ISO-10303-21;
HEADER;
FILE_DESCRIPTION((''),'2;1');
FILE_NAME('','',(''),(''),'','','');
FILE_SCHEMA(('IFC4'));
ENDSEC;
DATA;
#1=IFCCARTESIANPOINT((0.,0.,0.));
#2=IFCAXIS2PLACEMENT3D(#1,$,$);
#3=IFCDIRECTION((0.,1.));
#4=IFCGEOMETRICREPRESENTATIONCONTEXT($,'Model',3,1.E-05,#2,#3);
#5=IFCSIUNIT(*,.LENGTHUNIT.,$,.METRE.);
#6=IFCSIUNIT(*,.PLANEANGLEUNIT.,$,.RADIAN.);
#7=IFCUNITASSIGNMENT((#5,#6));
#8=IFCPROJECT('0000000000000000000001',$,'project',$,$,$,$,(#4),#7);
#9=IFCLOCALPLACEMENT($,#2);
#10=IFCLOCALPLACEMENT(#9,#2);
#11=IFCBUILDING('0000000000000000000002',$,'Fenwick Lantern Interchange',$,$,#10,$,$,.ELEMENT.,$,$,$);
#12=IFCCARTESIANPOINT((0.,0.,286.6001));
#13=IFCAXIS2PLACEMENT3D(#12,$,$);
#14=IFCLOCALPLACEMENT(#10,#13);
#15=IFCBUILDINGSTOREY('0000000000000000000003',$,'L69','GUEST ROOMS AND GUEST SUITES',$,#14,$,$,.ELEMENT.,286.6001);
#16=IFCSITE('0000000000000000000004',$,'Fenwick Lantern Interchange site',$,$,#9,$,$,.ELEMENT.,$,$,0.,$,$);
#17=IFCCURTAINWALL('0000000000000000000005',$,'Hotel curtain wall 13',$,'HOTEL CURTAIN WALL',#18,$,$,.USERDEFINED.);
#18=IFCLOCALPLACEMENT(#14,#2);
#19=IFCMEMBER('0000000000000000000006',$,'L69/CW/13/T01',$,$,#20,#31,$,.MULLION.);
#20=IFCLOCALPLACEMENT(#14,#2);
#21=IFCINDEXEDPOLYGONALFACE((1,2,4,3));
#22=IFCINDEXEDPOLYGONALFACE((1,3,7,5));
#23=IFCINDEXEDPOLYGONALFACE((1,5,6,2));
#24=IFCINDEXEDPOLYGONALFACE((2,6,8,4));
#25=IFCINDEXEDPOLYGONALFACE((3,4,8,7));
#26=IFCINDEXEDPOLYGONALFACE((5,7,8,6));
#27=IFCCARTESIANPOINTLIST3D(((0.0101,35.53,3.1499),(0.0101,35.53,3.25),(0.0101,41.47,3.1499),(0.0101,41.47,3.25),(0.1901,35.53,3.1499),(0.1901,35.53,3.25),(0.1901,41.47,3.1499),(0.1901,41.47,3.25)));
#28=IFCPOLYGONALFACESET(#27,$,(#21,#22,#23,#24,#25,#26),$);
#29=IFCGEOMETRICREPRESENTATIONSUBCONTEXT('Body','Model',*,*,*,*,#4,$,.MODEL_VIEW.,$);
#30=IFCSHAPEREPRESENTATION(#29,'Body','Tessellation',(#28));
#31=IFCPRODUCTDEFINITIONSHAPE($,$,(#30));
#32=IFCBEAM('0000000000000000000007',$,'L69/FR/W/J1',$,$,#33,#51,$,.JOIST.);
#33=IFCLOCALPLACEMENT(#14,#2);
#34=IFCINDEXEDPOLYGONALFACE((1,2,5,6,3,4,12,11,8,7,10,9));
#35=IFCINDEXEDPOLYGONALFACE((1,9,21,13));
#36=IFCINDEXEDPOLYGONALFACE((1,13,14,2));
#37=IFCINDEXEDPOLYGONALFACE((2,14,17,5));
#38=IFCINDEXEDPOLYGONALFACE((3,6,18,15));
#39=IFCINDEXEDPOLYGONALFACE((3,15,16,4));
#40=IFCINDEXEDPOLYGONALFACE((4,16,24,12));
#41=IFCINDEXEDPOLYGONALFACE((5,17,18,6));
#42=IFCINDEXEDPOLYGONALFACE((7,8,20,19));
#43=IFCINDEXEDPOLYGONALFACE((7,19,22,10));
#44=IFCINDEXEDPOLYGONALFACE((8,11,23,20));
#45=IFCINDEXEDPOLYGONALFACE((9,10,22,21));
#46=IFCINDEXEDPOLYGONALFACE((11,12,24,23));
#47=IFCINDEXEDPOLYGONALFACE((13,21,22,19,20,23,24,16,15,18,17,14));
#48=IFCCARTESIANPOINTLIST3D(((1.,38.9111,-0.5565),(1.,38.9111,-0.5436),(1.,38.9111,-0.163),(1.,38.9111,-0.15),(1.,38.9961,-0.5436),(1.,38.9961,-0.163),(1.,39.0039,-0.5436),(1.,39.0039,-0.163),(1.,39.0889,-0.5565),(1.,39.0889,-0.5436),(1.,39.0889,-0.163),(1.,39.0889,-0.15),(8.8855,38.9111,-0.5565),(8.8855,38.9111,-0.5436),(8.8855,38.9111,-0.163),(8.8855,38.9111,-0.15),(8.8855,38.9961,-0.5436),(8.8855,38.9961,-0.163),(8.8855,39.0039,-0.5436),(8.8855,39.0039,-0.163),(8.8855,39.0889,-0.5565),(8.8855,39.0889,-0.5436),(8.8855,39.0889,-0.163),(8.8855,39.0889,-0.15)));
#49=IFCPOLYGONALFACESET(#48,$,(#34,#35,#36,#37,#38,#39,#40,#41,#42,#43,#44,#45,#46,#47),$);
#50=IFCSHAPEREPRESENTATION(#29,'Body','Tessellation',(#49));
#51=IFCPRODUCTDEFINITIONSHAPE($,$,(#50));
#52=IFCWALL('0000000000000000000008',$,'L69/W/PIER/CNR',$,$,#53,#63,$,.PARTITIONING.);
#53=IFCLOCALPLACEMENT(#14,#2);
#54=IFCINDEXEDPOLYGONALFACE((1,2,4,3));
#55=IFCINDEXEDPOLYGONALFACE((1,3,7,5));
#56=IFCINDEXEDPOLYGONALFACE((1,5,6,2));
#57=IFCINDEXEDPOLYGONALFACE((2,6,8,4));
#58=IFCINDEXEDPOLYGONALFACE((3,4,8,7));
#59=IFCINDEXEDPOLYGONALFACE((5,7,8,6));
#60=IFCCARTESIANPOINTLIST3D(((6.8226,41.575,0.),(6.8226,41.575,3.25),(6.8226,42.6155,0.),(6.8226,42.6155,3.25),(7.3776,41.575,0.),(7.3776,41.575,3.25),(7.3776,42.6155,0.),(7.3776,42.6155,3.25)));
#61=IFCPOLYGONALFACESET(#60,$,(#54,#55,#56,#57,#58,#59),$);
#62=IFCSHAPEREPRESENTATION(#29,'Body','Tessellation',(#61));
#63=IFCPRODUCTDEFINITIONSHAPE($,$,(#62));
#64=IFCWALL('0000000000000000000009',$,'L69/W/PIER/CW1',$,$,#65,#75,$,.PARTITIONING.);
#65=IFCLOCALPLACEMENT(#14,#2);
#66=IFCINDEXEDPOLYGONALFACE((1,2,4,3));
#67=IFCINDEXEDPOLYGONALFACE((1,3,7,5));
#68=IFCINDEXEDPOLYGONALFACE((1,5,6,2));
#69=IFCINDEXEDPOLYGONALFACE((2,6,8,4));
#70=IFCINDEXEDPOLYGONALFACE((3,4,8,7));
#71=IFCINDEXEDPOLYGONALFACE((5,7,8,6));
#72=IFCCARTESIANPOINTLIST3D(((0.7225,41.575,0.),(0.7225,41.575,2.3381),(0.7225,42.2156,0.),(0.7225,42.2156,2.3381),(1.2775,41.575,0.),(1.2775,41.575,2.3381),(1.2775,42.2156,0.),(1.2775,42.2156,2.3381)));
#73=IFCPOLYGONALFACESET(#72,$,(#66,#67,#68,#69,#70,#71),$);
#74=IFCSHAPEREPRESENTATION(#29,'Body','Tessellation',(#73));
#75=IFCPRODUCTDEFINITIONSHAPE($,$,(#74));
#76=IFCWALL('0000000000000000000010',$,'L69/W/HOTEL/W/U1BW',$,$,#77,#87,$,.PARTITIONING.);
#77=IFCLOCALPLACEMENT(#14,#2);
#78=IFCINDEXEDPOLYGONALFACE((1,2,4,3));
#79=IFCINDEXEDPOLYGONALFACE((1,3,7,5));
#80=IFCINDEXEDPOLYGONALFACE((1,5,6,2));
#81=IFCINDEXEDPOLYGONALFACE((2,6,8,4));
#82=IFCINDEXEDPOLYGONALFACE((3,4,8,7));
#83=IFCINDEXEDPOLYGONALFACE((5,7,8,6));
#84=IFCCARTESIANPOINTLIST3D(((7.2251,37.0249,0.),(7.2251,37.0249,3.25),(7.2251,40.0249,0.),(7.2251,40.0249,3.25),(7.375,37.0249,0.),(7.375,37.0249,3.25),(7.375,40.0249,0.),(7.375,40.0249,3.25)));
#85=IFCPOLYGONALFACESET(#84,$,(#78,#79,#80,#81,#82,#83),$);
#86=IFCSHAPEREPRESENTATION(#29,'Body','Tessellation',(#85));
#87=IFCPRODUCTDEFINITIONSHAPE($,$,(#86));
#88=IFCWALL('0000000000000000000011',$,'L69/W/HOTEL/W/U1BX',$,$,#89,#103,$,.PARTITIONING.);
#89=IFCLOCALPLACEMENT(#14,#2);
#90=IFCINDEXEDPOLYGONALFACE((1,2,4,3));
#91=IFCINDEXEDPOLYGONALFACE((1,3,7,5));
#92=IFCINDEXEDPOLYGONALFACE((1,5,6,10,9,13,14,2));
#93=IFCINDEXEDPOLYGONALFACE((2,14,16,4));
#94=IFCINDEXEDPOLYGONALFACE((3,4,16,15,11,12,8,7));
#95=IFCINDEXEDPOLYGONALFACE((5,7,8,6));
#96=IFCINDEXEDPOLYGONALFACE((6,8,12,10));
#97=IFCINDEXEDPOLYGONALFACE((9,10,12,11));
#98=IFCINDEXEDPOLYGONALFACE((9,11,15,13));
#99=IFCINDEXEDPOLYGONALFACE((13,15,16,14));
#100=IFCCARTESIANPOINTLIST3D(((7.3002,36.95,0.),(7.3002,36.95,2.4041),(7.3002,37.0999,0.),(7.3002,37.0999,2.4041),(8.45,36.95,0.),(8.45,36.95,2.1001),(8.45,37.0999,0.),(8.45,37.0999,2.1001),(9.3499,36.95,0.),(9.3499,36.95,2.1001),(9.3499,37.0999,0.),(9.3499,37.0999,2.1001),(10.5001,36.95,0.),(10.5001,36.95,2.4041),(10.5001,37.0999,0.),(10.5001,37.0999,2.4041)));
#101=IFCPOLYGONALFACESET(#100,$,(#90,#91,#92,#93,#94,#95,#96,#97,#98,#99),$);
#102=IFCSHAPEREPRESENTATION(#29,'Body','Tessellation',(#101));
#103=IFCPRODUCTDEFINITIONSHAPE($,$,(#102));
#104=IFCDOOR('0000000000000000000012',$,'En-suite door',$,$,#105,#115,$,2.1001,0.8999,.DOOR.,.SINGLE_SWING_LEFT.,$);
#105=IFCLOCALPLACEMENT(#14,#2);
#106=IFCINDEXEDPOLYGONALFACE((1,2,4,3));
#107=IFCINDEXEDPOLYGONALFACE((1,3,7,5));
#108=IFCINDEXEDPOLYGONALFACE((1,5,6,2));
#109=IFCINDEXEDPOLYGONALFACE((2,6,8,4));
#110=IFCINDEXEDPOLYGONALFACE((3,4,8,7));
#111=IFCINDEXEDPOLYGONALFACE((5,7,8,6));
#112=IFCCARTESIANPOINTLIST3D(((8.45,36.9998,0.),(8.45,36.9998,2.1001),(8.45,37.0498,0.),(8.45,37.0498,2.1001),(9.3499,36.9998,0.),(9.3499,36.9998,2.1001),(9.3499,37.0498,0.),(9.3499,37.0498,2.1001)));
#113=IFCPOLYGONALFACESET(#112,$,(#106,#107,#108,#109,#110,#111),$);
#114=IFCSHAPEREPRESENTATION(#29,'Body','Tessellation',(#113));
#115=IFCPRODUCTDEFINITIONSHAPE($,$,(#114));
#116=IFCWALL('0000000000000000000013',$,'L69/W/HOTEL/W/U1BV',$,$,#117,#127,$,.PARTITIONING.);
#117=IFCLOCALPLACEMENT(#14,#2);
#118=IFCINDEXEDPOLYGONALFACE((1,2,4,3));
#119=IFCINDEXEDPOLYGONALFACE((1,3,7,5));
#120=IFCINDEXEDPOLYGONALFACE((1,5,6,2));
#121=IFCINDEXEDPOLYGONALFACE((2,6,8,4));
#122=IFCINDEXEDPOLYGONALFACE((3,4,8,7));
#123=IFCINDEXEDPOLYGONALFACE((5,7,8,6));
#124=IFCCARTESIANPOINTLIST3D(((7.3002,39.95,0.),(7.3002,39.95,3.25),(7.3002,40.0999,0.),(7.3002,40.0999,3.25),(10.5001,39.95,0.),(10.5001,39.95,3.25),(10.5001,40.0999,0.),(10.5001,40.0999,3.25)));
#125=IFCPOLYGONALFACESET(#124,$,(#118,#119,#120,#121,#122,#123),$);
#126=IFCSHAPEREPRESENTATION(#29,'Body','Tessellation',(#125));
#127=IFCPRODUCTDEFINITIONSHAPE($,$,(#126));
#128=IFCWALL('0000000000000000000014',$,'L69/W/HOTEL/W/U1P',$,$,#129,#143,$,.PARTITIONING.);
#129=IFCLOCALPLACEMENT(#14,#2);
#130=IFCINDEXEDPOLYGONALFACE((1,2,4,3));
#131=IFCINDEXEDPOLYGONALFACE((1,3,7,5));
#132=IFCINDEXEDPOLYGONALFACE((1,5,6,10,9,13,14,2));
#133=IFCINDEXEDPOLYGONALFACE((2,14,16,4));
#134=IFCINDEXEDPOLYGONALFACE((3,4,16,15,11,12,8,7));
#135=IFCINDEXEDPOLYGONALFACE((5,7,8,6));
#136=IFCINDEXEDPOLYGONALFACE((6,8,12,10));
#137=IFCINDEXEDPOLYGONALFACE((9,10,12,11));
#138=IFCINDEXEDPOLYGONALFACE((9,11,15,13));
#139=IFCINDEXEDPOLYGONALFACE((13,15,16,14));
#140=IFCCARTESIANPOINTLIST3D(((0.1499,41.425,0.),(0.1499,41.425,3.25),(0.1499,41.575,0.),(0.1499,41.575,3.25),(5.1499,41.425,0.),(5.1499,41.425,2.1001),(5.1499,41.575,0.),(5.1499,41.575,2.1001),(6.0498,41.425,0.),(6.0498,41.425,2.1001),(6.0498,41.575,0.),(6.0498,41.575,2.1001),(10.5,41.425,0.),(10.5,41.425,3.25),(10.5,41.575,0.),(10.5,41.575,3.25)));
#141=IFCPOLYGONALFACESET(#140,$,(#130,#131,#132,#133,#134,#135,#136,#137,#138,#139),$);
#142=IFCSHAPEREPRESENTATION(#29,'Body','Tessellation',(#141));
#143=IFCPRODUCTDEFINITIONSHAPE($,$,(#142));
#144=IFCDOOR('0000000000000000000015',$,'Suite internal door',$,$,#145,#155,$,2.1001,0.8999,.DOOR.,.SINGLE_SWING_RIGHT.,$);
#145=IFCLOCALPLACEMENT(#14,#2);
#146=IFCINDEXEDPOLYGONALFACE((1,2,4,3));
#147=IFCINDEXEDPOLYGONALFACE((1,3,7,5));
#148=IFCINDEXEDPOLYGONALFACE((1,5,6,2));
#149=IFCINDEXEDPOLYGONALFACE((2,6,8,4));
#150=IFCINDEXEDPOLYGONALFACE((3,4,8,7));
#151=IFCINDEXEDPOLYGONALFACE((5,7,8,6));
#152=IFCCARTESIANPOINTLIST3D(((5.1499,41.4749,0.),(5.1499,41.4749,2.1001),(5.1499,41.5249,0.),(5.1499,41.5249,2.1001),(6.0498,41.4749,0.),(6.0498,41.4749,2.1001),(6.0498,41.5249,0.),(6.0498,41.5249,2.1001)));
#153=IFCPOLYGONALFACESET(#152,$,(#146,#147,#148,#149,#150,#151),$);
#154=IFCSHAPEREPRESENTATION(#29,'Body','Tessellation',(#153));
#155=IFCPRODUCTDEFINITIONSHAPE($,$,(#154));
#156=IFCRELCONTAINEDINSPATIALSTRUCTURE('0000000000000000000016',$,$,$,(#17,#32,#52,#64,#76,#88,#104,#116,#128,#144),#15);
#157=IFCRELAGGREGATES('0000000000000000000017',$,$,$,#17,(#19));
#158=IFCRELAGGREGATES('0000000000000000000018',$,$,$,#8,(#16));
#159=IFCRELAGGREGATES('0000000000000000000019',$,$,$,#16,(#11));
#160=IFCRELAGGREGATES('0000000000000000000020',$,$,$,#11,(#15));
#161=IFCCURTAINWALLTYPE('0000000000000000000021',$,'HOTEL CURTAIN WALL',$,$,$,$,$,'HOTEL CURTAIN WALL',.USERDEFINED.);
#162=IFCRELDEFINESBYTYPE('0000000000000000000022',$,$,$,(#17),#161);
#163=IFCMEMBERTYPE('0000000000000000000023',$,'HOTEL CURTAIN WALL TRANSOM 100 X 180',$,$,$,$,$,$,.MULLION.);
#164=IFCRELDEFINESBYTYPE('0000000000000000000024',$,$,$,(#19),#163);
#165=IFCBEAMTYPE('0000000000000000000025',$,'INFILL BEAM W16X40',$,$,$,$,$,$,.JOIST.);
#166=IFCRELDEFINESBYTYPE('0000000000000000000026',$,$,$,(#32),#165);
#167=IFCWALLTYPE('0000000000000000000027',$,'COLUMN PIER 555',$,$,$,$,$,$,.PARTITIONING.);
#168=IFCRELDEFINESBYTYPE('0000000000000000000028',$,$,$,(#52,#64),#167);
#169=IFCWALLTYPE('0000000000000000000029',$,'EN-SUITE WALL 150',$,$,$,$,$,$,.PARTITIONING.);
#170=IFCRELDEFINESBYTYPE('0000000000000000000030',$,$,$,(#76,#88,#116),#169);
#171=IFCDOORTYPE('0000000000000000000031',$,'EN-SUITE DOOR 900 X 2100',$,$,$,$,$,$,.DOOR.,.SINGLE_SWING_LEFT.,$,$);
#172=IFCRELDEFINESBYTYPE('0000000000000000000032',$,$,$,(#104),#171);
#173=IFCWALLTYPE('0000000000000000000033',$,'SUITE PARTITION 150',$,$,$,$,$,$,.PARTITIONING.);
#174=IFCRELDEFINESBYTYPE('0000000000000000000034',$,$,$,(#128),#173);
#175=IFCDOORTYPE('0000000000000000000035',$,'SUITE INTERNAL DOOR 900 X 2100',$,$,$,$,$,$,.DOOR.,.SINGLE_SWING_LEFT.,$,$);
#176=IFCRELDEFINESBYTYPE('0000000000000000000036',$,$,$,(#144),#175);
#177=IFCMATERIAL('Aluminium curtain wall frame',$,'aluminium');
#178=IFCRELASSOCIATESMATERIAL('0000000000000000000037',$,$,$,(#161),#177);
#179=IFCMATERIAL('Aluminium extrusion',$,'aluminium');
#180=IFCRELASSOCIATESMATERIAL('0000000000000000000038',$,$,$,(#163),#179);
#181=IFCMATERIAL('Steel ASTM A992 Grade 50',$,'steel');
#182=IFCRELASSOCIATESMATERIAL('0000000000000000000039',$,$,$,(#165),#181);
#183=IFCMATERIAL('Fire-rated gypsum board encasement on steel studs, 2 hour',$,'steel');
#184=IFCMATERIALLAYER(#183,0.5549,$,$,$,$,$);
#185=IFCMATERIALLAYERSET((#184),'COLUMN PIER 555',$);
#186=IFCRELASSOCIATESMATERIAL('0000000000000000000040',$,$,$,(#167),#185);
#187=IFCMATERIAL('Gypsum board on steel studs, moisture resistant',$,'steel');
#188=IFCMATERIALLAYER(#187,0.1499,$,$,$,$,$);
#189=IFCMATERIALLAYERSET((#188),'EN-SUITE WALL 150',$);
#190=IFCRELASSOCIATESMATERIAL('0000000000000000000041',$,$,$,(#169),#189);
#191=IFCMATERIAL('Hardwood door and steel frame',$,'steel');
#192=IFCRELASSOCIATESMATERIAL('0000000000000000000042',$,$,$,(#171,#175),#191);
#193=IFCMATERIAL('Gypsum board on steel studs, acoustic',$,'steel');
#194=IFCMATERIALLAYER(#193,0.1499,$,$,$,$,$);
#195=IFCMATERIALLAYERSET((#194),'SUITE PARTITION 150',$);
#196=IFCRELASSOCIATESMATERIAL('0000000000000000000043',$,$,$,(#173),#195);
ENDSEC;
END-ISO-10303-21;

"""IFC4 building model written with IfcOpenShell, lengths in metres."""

from ifc_helpers import new_model, si_unit, direction, frame, frame_2d, origin, origin_2d, place, context, subcontext, project, spatial, rectangle, i_section, extrude, material, layer, layer_set, material_profile, profile_set, type_object, element, fill, aggregate, save


model = new_model("IFC4")

# Units and contexts
model_context = context("Model", 3, precision=1e-05, world=origin(), true_north=direction((0.0, 1.0)))
body_context = subcontext(model_context, "Body", "Model", "MODEL_VIEW")
ifc_project = project(units=[si_unit("LENGTHUNIT", "METRE"), si_unit("PLANEANGLEUNIT", "RADIAN")], contexts=[model_context])

# Site, building, storey
site_placement = place(None, origin())
site = spatial("IfcSite", under=ifc_project, at=site_placement, Name="Fenwick Lantern Interchange site", CompositionType="ELEMENT", RefElevation=0.0)
building_placement = place(site_placement, origin())
building = spatial("IfcBuilding", under=site, at=building_placement, Name="Fenwick Lantern Interchange", CompositionType="ELEMENT")
storey_placement = place(building_placement, frame((0.0, 0.0, 286.6001)))
storey = spatial("IfcBuildingStorey", under=building, at=storey_placement, Name="L69", Description="GUEST ROOMS AND GUEST SUITES", CompositionType="ELEMENT", Elevation=286.6001)

# Shared definitions
ifc_material_1 = material(Name="Steel ASTM A992 Grade 50", Category="steel")

# Curtain wall, member
ifc_material_2 = material(Name="Aluminium curtain wall frame", Category="aluminium")
curtain_wall_type = type_object("IfcCurtainWallType", Name="HOTEL CURTAIN WALL", ElementType="HOTEL CURTAIN WALL", PredefinedType="USERDEFINED", material=ifc_material_2)
curtain_wall_placement = place(storey_placement, origin())
curtain_wall = element("IfcCurtainWall", 1, at=curtain_wall_placement, inside=storey, type_object=curtain_wall_type, Name="Hotel curtain wall 13", ObjectType="HOTEL CURTAIN WALL", PredefinedType="USERDEFINED")
ifc_material_3 = material(Name="Aluminium extrusion", Category="aluminium")
ifc_material_profile_1 = material_profile(ifc_material_3, rectangle(XDim=0.1799, YDim=0.1001, at=origin_2d()), Name="HOTEL CURTAIN WALL TRANSOM 100 X 180")
ifc_profile_set_1 = profile_set([ifc_material_profile_1], Name="Aluminium extrusion")
member_type_1 = type_object("IfcMemberType", Name="HOTEL CURTAIN WALL TRANSOM 100 X 180", PredefinedType="MULLION", material=ifc_profile_set_1)
member_1_placement = place(storey_placement, frame((0.1001, 41.47, 3.2), z_axis=(0.0, -1.0, 0.0), x_axis=(1.0, 0.0, 0.0)))
member_1 = element("IfcMember", 2, at=member_1_placement, type_object=member_type_1, Name="L69/CW/13/T01", PredefinedType="MULLION", context=body_context, shape_type="SweptSolid", body=[
    extrude(rectangle(XDim=0.1799, YDim=0.1001, at=origin_2d()), origin(), (0.0, 0.0, 1.0), 5.9399),
])

# Beam
ifc_material_profile_2 = material_profile(ifc_material_1, i_section(OverallWidth=0.1777, OverallDepth=0.4065, WebThickness=0.0078, FlangeThickness=0.0129, at=origin_2d()), Name="W16X40")
ifc_profile_set_2 = profile_set([ifc_material_profile_2], Name="Steel ASTM A992 Grade 50")
beam_type_1 = type_object("IfcBeamType", Name="INFILL BEAM W16X40", PredefinedType="JOIST", material=ifc_profile_set_2)
beam_1_placement = place(storey_placement, frame((1.0, 39.0, -0.3533), z_axis=(1.0, 0.0, 0.0), x_axis=(0.0, 1.0, 0.0)))
element("IfcBeam", 3, at=beam_1_placement, inside=storey, type_object=beam_type_1, Name="L69/FR/W/J1", PredefinedType="JOIST", context=body_context, shape_type="SweptSolid", body=[
    extrude(i_section(OverallWidth=0.1777, OverallDepth=0.4065, WebThickness=0.0078, FlangeThickness=0.0129, at=origin_2d()), origin(), (0.0, 0.0, 1.0), 7.8855),
])

aggregate(curtain_wall, [member_1])

# Walls
ifc_material_4 = material(Name="Fire-rated gypsum board encasement on steel studs, 2 hour", Category="steel")
ifc_layer_1 = layer(ifc_material_4, 0.5549)
ifc_layer_set_1 = layer_set([ifc_layer_1], Name="COLUMN PIER 555")
wall_type_1 = type_object("IfcWallType", Name="COLUMN PIER 555", PredefinedType="PARTITIONING", material=ifc_layer_set_1)
wall_1_placement = place(storey_placement, frame((7.1001, 41.575, 0.0), z_axis=(0.0, 0.0, 1.0), x_axis=(0.0, 1.0, 0.0)))
element("IfcWall", 4, at=wall_1_placement, inside=storey, type_object=wall_type_1, Name="L69/W/PIER/CNR", PredefinedType="PARTITIONING", context=body_context, shape_type="SweptSolid", body=[
    extrude(rectangle(XDim=1.0405, YDim=0.5549, at=frame_2d((0.5203, 0.0))), origin(), (0.0, 0.0, 1.0), 3.25),
])
wall_2_placement = place(storey_placement, frame((1.0, 41.575, 0.0), z_axis=(0.0, 0.0, 1.0), x_axis=(0.0, 1.0, 0.0)))
element("IfcWall", 5, at=wall_2_placement, inside=storey, type_object=wall_type_1, Name="L69/W/PIER/CW1", PredefinedType="PARTITIONING", context=body_context, shape_type="SweptSolid", body=[
    extrude(rectangle(XDim=0.6406, YDim=0.5549, at=frame_2d((0.3203, 0.0))), origin(), (0.0, 0.0, 1.0), 2.3381),
])
ifc_material_5 = material(Name="Gypsum board on steel studs, moisture resistant", Category="steel")
ifc_layer_2 = layer(ifc_material_5, 0.1499)
ifc_layer_set_2 = layer_set([ifc_layer_2], Name="EN-SUITE WALL 150")
wall_type_2 = type_object("IfcWallType", Name="EN-SUITE WALL 150", PredefinedType="PARTITIONING", material=ifc_layer_set_2)
wall_3_placement = place(storey_placement, frame((7.3, 40.0249, 0.0), z_axis=(0.0, 0.0, 1.0), x_axis=(0.0, -1.0, 0.0)))
element("IfcWall", 6, at=wall_3_placement, inside=storey, type_object=wall_type_2, Name="L69/W/HOTEL/W/U1BW", PredefinedType="PARTITIONING", context=body_context, shape_type="SweptSolid", body=[
    extrude(rectangle(XDim=3.0, YDim=0.1499, at=frame_2d((1.5, 0.0))), origin(), (0.0, 0.0, 1.0), 3.25),
])

# Wall, opening, door
wall_4_placement = place(storey_placement, frame((7.3, 37.0249, 0.0), z_axis=(0.0, 0.0, 1.0), x_axis=(1.0, 0.0, 0.0)))
wall_4 = element("IfcWall", 7, at=wall_4_placement, inside=storey, type_object=wall_type_2, Name="L69/W/HOTEL/W/U1BX", PredefinedType="PARTITIONING", context=body_context, shape_type="SweptSolid", body=[
    extrude(rectangle(XDim=3.2, YDim=0.1499, at=frame_2d((1.6001, 0.0))), origin(), (0.0, 0.0, 1.0), 2.4041),
])
opening_1_placement = place(wall_4_placement, frame((1.1499, 0.0, 0.0)))
opening_1 = element("IfcOpeningElement", 8, at=opening_1_placement, cuts=wall_4, PredefinedType="OPENING", context=body_context, shape_type="SweptSolid", body=[
    extrude(rectangle(XDim=0.8999, YDim=2.1001, at=frame_2d((0.45, 1.05))), frame((0.0, 0.085, 0.0), z_axis=(0.0, -1.0, 0.0), x_axis=(1.0, 0.0, 0.0)), (0.0, 0.0, 1.0), 0.1699),
])
ifc_material_6 = material(Name="Hardwood door and steel frame", Category="steel")
door_type_1 = type_object("IfcDoorType", Name="EN-SUITE DOOR 900 X 2100", OperationType="SINGLE_SWING_LEFT", PredefinedType="DOOR", material=ifc_material_6)
door_1_placement = place(opening_1_placement, origin())
door_1 = element("IfcDoor", 9, at=door_1_placement, inside=storey, type_object=door_type_1, Name="En-suite door", OperationType="SINGLE_SWING_LEFT", OverallHeight=2.1001, OverallWidth=0.8999, PredefinedType="DOOR", context=body_context, shape_type="SweptSolid", body=[
    extrude(rectangle(XDim=0.8999, YDim=2.1001, at=frame_2d((0.45, 1.05))), frame((0.0, 0.0249, 0.0), z_axis=(0.0, -1.0, 0.0), x_axis=(1.0, 0.0, 0.0)), (0.0, 0.0, 1.0), 0.05),
])
fill(opening_1, door_1)

# Wall
wall_5_placement = place(storey_placement, frame((7.3, 40.0249, 0.0), z_axis=(0.0, 0.0, 1.0), x_axis=(1.0, 0.0, 0.0)))
element("IfcWall", 10, at=wall_5_placement, inside=storey, type_object=wall_type_2, Name="L69/W/HOTEL/W/U1BV", PredefinedType="PARTITIONING", context=body_context, shape_type="SweptSolid", body=[
    extrude(rectangle(XDim=3.2, YDim=0.1499, at=frame_2d((1.6001, 0.0))), origin(), (0.0, 0.0, 1.0), 3.25),
])

# Wall, opening, door
ifc_material_7 = material(Name="Gypsum board on steel studs, acoustic", Category="steel")
ifc_layer_3 = layer(ifc_material_7, 0.1499)
ifc_layer_set_3 = layer_set([ifc_layer_3], Name="SUITE PARTITION 150")
wall_type_3 = type_object("IfcWallType", Name="SUITE PARTITION 150", PredefinedType="PARTITIONING", material=ifc_layer_set_3)
wall_6_placement = place(storey_placement, frame((0.1499, 41.5, 0.0), z_axis=(0.0, 0.0, 1.0), x_axis=(1.0, 0.0, 0.0)))
wall_6 = element("IfcWall", 11, at=wall_6_placement, inside=storey, type_object=wall_type_3, Name="L69/W/HOTEL/W/U1P", PredefinedType="PARTITIONING", context=body_context, shape_type="SweptSolid", body=[
    extrude(rectangle(XDim=10.3501, YDim=0.1499, at=frame_2d((5.175, 0.0))), origin(), (0.0, 0.0, 1.0), 3.25),
])
opening_2_placement = place(wall_6_placement, frame((5.0, 0.0, 0.0)))
opening_2 = element("IfcOpeningElement", 12, at=opening_2_placement, cuts=wall_6, PredefinedType="OPENING", context=body_context, shape_type="SweptSolid", body=[
    extrude(rectangle(XDim=0.8999, YDim=2.1001, at=frame_2d((0.45, 1.05))), frame((0.0, 0.085, 0.0), z_axis=(0.0, -1.0, 0.0), x_axis=(1.0, 0.0, 0.0)), (0.0, 0.0, 1.0), 0.1699),
])
door_type_2 = type_object("IfcDoorType", Name="SUITE INTERNAL DOOR 900 X 2100", OperationType="SINGLE_SWING_LEFT", PredefinedType="DOOR", material=ifc_material_6)
door_2_placement = place(opening_2_placement, origin())
door_2 = element("IfcDoor", 13, at=door_2_placement, inside=storey, type_object=door_type_2, Name="Suite internal door", OperationType="SINGLE_SWING_RIGHT", OverallHeight=2.1001, OverallWidth=0.8999, PredefinedType="DOOR", context=body_context, shape_type="SweptSolid", body=[
    extrude(rectangle(XDim=0.8999, YDim=2.1001, at=frame_2d((0.45, 1.05))), frame((0.0, 0.0249, 0.0), z_axis=(0.0, -1.0, 0.0), x_axis=(1.0, 0.0, 0.0)), (0.0, 0.0, 1.0), 0.05),
])
fill(opening_2, door_2)

save(model, "model.ifc")
